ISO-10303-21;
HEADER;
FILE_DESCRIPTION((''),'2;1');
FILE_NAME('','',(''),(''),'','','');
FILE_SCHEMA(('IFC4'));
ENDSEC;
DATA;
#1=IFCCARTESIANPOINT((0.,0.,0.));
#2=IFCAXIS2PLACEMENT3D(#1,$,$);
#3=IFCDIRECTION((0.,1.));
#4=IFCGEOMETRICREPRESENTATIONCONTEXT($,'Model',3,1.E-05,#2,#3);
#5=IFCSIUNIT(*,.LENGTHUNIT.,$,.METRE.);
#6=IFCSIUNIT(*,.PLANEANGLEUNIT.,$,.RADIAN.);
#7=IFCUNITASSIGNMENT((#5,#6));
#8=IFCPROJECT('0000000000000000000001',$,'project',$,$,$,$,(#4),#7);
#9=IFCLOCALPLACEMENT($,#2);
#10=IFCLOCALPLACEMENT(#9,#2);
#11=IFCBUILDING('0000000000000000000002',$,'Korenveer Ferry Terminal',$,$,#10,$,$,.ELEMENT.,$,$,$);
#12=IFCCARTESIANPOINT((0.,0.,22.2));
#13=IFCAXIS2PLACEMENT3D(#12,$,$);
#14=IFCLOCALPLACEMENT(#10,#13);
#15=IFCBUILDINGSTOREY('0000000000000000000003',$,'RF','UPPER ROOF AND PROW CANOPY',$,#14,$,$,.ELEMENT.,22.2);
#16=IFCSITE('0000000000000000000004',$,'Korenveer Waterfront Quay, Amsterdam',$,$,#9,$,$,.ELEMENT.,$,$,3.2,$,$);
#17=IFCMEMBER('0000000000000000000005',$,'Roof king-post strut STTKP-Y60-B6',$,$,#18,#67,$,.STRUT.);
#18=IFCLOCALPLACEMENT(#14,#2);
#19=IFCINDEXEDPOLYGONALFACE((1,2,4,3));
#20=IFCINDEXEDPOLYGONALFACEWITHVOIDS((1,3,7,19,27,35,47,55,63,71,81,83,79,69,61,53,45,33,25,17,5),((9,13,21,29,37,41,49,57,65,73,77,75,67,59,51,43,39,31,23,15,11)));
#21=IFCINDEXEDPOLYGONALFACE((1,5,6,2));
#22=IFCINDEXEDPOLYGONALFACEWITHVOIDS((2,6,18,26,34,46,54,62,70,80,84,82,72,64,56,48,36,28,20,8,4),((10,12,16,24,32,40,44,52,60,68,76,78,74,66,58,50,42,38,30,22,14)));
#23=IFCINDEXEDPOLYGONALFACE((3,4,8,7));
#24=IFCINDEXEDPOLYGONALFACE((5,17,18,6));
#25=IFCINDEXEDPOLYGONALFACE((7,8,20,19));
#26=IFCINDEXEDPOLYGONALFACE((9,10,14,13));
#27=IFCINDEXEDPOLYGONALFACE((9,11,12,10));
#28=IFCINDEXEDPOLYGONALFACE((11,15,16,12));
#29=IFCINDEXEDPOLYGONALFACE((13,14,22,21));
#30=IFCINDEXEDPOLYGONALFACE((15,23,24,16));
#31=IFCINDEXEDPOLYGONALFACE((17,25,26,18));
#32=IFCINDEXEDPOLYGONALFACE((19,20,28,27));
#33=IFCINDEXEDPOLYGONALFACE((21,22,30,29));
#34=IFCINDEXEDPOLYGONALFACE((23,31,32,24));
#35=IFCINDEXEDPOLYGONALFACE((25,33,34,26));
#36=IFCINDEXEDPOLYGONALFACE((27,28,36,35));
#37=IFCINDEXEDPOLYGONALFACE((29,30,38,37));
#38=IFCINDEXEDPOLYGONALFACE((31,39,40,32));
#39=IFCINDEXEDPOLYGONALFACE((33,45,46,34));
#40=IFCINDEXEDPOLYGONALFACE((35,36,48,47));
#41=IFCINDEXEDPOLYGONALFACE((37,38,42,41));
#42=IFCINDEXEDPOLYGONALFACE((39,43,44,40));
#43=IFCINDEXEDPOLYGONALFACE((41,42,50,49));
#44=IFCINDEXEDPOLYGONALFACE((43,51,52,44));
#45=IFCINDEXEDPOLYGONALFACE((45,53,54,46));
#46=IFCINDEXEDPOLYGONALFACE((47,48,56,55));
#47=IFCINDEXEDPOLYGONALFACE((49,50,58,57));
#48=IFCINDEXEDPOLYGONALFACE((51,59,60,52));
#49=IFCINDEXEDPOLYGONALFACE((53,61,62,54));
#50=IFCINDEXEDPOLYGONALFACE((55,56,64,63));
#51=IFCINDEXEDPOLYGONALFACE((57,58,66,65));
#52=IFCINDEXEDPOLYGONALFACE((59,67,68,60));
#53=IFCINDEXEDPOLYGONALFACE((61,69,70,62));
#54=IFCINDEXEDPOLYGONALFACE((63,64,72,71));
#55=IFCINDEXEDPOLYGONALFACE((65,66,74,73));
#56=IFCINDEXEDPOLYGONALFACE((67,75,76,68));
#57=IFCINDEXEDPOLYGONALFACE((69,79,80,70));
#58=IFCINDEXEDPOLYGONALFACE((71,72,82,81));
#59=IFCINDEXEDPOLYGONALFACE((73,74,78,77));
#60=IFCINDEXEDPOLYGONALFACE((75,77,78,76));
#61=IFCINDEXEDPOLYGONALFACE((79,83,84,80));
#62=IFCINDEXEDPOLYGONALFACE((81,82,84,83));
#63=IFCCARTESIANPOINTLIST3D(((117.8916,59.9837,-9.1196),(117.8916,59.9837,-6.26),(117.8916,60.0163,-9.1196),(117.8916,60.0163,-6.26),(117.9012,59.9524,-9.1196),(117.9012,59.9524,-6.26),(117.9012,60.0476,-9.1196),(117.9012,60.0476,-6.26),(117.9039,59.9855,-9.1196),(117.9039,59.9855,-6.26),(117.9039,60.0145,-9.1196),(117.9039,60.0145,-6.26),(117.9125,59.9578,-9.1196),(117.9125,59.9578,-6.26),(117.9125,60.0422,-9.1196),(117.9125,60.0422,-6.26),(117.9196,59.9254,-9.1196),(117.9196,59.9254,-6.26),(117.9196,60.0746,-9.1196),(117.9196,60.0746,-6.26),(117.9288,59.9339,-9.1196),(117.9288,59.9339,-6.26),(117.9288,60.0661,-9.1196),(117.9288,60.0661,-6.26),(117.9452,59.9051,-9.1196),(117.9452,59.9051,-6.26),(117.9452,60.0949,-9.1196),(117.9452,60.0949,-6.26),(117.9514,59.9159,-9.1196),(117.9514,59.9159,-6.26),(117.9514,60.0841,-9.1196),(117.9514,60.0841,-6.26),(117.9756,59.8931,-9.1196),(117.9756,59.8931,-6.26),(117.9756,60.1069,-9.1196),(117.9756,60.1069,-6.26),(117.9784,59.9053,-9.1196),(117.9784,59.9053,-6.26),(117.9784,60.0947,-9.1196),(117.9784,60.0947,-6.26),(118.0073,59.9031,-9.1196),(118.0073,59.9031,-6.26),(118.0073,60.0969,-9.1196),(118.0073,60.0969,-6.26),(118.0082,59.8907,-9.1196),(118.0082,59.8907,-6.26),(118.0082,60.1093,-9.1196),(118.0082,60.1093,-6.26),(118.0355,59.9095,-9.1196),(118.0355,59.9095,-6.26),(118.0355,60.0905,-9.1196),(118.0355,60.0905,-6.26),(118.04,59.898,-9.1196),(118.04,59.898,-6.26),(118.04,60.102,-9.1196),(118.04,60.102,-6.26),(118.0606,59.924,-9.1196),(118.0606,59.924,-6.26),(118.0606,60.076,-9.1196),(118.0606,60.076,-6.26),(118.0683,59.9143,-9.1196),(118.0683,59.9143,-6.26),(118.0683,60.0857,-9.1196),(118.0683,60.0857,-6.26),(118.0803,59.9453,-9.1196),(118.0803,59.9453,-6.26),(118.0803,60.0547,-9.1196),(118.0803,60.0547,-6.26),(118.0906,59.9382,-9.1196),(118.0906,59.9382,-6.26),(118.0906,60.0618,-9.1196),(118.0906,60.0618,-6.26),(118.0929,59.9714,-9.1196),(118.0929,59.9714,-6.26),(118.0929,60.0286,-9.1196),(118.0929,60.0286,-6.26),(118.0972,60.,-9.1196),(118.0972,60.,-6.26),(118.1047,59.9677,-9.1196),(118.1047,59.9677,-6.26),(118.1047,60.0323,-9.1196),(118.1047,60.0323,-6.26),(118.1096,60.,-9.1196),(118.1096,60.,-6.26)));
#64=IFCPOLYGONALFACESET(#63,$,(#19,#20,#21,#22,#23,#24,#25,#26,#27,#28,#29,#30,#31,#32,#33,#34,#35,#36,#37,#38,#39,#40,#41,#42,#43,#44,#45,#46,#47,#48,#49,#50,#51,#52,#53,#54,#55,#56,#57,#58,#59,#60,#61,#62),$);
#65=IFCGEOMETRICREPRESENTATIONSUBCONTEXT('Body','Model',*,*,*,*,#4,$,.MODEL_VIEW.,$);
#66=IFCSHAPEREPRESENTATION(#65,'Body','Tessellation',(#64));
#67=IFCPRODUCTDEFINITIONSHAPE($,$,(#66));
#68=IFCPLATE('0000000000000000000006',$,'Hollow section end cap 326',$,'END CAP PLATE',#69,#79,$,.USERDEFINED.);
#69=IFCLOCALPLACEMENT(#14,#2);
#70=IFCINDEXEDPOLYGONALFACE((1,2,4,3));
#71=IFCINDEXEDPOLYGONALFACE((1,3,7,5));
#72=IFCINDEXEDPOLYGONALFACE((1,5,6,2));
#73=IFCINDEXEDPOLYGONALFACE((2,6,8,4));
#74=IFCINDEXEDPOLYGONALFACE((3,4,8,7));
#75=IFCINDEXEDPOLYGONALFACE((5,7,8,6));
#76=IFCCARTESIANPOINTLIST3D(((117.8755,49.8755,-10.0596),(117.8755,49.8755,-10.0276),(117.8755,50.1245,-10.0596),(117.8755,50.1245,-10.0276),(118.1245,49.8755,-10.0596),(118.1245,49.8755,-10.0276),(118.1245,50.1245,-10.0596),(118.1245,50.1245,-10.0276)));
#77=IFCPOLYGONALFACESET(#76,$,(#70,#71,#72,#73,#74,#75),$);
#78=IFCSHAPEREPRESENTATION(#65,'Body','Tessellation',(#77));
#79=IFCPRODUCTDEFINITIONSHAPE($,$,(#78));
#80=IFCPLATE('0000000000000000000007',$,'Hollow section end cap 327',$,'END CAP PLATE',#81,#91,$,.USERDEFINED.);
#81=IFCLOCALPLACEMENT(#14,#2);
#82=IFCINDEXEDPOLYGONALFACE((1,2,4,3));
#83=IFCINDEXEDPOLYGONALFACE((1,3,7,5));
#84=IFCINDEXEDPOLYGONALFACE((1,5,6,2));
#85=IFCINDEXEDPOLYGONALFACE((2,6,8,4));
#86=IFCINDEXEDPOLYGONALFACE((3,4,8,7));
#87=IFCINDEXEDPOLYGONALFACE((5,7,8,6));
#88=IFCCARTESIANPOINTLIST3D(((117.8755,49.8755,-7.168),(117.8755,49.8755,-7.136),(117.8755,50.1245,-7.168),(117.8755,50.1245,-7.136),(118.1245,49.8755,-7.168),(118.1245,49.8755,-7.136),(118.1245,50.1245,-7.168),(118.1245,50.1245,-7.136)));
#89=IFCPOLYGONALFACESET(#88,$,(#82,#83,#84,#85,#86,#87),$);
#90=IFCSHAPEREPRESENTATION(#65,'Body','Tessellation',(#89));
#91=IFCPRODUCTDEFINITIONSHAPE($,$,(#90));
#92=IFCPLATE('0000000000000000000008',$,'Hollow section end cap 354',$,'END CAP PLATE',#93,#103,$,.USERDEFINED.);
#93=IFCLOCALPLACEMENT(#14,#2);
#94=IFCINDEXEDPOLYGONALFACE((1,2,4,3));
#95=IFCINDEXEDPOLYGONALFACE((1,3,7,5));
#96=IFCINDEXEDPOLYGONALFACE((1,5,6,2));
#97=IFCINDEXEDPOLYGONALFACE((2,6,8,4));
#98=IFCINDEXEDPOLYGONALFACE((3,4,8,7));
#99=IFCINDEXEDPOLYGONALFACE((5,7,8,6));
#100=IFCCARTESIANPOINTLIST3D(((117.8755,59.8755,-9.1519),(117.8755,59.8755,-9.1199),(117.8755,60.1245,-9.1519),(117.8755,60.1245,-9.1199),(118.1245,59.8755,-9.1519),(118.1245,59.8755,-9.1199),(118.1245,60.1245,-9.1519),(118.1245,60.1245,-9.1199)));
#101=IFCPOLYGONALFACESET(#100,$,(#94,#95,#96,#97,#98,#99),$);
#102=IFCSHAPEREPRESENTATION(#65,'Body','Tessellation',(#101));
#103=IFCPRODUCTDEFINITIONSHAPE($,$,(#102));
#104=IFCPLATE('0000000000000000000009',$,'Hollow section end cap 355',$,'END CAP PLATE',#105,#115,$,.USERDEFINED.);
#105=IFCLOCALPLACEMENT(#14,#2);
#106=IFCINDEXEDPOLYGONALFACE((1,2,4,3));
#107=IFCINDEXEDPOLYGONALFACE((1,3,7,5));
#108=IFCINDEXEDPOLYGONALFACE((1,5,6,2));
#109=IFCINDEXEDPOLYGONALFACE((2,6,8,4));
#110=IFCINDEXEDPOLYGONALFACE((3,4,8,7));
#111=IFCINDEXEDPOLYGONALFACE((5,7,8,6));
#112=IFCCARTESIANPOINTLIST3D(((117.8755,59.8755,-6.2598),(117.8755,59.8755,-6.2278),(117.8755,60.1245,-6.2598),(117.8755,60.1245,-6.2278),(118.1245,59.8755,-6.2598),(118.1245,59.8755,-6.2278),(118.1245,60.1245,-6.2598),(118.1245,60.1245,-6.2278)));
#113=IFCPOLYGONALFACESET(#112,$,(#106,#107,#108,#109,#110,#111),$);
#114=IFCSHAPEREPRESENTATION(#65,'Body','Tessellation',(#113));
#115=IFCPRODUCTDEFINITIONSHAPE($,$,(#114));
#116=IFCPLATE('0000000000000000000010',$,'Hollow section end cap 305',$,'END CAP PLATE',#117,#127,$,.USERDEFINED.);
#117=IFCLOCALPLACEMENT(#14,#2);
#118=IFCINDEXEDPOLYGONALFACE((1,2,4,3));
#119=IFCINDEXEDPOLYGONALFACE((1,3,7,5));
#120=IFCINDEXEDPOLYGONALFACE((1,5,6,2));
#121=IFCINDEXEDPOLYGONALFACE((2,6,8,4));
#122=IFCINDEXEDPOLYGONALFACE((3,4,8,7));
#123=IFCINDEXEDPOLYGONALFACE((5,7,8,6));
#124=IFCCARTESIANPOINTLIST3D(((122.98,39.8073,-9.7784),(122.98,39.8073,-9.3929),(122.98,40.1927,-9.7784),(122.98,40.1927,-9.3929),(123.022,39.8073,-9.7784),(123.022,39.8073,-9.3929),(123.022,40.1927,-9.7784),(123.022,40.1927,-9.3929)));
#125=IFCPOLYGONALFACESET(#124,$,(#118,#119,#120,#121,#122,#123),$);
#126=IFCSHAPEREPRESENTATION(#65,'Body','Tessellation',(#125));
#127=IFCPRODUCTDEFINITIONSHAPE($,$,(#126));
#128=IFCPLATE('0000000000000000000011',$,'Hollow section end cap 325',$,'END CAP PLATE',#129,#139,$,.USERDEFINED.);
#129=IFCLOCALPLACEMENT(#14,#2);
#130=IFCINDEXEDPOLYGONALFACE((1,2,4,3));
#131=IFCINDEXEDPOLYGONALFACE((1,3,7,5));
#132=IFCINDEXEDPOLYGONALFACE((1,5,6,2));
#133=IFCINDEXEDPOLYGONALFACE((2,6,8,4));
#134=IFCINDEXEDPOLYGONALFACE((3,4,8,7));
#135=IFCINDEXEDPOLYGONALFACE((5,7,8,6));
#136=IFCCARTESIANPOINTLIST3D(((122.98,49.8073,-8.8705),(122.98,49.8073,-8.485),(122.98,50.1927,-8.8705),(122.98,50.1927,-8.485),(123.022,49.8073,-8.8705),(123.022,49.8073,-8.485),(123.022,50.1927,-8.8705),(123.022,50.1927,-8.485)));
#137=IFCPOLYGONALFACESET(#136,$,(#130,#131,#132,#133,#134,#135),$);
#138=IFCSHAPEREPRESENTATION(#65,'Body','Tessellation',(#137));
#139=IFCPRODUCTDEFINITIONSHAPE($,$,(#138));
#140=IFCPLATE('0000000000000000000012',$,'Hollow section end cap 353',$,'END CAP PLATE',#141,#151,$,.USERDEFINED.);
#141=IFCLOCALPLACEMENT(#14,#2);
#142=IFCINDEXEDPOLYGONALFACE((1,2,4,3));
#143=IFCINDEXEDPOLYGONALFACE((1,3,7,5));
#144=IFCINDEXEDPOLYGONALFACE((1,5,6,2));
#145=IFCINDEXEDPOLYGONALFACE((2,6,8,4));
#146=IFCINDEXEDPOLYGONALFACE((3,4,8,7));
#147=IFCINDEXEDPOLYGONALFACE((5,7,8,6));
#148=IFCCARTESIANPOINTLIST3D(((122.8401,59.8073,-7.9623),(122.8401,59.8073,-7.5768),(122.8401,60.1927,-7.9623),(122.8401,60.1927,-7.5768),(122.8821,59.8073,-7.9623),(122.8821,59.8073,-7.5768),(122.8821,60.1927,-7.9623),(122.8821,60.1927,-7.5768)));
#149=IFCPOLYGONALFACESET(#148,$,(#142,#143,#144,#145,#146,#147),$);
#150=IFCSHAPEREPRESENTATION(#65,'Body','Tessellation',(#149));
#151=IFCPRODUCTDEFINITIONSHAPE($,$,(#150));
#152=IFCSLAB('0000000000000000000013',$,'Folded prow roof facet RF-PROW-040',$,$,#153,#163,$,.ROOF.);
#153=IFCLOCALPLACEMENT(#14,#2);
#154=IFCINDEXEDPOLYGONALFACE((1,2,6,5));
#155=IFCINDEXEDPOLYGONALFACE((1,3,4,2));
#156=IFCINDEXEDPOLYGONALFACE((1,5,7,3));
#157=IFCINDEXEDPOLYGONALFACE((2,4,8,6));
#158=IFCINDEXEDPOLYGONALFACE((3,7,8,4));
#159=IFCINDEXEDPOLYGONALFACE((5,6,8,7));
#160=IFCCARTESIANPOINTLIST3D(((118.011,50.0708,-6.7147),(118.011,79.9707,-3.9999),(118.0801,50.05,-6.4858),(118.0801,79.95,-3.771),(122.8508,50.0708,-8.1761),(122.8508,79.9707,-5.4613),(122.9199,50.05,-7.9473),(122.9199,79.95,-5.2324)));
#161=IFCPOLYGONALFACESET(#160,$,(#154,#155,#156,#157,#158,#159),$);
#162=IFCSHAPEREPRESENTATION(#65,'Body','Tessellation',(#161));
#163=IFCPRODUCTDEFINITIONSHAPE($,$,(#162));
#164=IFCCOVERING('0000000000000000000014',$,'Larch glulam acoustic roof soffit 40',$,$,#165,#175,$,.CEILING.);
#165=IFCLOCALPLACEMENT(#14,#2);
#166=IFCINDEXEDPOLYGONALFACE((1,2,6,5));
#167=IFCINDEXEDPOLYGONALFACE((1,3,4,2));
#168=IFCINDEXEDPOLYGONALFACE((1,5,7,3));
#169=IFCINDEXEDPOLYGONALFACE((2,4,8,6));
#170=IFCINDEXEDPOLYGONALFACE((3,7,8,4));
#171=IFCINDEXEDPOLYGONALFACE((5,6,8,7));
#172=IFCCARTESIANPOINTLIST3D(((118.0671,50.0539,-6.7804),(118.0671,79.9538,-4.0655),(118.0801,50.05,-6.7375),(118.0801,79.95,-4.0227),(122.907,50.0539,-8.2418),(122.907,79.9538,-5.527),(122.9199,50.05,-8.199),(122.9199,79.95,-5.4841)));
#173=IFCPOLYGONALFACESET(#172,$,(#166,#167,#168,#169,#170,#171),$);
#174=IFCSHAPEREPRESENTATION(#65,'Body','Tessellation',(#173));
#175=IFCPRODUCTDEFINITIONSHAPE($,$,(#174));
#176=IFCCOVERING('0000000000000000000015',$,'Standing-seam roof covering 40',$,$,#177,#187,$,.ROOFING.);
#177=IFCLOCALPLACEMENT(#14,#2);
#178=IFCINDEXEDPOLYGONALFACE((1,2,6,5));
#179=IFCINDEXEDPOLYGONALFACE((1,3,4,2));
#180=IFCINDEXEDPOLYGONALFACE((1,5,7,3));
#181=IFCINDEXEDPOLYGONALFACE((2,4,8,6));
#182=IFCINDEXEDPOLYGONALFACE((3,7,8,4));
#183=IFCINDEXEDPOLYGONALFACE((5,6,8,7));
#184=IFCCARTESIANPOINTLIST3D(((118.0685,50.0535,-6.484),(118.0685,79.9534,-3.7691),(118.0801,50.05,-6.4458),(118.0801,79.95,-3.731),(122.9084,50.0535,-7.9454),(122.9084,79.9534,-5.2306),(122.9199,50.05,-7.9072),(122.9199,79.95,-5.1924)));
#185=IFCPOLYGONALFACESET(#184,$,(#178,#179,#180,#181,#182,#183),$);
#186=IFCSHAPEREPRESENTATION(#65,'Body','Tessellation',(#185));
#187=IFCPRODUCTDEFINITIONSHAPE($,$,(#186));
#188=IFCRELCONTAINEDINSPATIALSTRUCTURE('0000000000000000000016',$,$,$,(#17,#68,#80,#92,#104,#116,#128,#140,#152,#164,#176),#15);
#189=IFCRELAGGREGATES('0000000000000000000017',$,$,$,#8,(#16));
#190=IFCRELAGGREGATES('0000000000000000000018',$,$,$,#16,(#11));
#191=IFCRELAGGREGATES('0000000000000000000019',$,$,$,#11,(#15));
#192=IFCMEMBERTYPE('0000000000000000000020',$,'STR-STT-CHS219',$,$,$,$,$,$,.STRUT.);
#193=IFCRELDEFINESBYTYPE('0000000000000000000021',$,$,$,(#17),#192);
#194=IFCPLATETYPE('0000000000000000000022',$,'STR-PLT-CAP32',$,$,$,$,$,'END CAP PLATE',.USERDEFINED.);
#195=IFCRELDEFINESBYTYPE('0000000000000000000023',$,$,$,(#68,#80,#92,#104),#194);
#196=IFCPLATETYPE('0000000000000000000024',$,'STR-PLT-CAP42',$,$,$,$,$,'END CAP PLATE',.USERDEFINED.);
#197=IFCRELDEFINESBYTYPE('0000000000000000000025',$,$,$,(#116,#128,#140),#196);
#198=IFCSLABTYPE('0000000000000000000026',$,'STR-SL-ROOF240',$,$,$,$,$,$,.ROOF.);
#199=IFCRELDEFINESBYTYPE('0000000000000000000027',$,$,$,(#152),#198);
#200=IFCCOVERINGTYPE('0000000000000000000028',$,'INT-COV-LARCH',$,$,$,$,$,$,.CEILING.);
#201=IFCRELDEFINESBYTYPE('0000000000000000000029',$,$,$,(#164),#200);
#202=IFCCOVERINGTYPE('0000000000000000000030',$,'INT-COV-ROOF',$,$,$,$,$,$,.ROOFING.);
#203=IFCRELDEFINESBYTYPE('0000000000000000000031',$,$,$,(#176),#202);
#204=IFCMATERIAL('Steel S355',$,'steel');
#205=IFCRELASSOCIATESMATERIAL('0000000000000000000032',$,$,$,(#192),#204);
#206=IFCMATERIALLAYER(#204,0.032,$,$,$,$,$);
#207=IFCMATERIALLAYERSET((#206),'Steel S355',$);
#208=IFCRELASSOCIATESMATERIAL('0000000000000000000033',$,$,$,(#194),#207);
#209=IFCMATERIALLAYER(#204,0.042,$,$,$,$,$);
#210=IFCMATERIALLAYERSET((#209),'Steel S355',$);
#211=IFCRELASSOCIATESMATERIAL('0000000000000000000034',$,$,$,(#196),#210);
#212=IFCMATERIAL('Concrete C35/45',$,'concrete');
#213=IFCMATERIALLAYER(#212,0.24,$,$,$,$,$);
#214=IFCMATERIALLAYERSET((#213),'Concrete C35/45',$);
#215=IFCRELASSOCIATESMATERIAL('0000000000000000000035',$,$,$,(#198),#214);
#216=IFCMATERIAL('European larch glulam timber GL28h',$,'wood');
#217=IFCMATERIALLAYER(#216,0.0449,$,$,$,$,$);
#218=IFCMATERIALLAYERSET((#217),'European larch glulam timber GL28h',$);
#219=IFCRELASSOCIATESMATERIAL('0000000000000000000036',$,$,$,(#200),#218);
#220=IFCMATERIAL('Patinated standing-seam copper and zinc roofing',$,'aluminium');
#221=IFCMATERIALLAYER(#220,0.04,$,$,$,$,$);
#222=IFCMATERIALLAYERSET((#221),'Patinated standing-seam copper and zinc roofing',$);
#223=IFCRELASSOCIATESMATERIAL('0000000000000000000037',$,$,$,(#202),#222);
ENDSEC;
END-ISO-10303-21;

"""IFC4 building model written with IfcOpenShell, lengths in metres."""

from ifc_helpers import new_model, si_unit, direction, frame, origin, origin_2d, place, context, subcontext, project, spatial, polyline, rectangle, hollow_circle, outline, extrude, material, layer, layer_set, material_profile, profile_set, type_object, element, save


model = new_model("IFC4")

# Units and contexts
model_context = context("Model", 3, precision=1e-05, world=origin(), true_north=direction((0.0, 1.0)))
body_context = subcontext(model_context, "Body", "Model", "MODEL_VIEW")
ifc_project = project(units=[si_unit("LENGTHUNIT", "METRE"), si_unit("PLANEANGLEUNIT", "RADIAN")], contexts=[model_context])

# Site, building, storey
site_placement = place(None, origin())
site = spatial("IfcSite", under=ifc_project, at=site_placement, Name="Korenveer Waterfront Quay, Amsterdam", CompositionType="ELEMENT", RefElevation=3.2)
building_placement = place(site_placement, origin())
building = spatial("IfcBuilding", under=site, at=building_placement, Name="Korenveer Ferry Terminal", CompositionType="ELEMENT")
storey_placement = place(building_placement, frame((0.0, 0.0, 22.2)))
storey = spatial("IfcBuildingStorey", under=building, at=storey_placement, Name="RF", Description="UPPER ROOF AND PROW CANOPY", CompositionType="ELEMENT", Elevation=22.2)

# Shared definitions
ifc_material_1 = material(Name="Steel S355", Category="steel")

# Member
ifc_material_profile_1 = material_profile(ifc_material_1, hollow_circle(Radius=0.1096, WallThickness=0.0125, at=origin_2d()), Name="CHS 219.1x12.5")
ifc_profile_set_1 = profile_set([ifc_material_profile_1], Name="Steel S355")
member_type_1 = type_object("IfcMemberType", Name="STR-STT-CHS219", PredefinedType="STRUT", material=ifc_profile_set_1)
for number, where, z_axis, x_axis, name in (
    (1, (118.0, 60.0, -9.1196), (0.0, 0.0, 1.0), (1.0, 0.0, 0.0), "Roof king-post strut STTKP-Y60-B6"),
):
    element("IfcMember", number, at=place(storey_placement, frame(where, z_axis=z_axis, x_axis=x_axis)), inside=storey, type_object=member_type_1, Name=name, PredefinedType="STRUT", context=body_context, shape_type="SweptSolid", body=[
        extrude(hollow_circle(Radius=0.1096, WallThickness=0.0125, at=origin_2d()), origin(), (0.0, 0.0, 1.0), 2.8596),
    ])

# Plates
ifc_layer_1 = layer(ifc_material_1, 0.032)
ifc_layer_set_1 = layer_set([ifc_layer_1], Name="Steel S355")
plate_type_1 = type_object("IfcPlateType", Name="STR-PLT-CAP32", ElementType="END CAP PLATE", PredefinedType="USERDEFINED", material=ifc_layer_set_1)
for number, where, z_axis, x_axis, name in (
    (2, (118.0, 50.0, -10.0596), (0.0, 0.0, 1.0), (1.0, 0.0, 0.0), "Hollow section end cap 326"),
    (3, (118.0, 50.0, -7.168), (0.0, 0.0, 1.0), (1.0, 0.0, 0.0), "Hollow section end cap 327"),
    (4, (118.0, 60.0, -9.1519), (0.0, 0.0, 1.0), (1.0, 0.0, 0.0), "Hollow section end cap 354"),
    (5, (118.0, 60.0, -6.2598), (0.0, 0.0, 1.0), (1.0, 0.0, 0.0), "Hollow section end cap 355"),
):
    element("IfcPlate", number, at=place(storey_placement, frame(where, z_axis=z_axis, x_axis=x_axis)), inside=storey, type_object=plate_type_1, Name=name, ObjectType="END CAP PLATE", PredefinedType="USERDEFINED", context=body_context, shape_type="SweptSolid", body=[
        extrude(rectangle(XDim=0.249, YDim=0.249, at=origin_2d()), origin(), (0.0, 0.0, 1.0), 0.032),
    ])
ifc_layer_2 = layer(ifc_material_1, 0.042)
ifc_layer_set_2 = layer_set([ifc_layer_2], Name="Steel S355")
plate_type_2 = type_object("IfcPlateType", Name="STR-PLT-CAP42", ElementType="END CAP PLATE", PredefinedType="USERDEFINED", material=ifc_layer_set_2)
for number, where, z_axis, x_axis, name in (
    (6, (122.98, 40.0, -9.5857), (1.0, 0.0, 0.0), (0.0, 1.0, 0.0), "Hollow section end cap 305"),
    (7, (122.98, 50.0, -8.6777), (1.0, 0.0, 0.0), (0.0, 1.0, 0.0), "Hollow section end cap 325"),
    (8, (122.8401, 60.0, -7.7695), (1.0, 0.0, 0.0), (0.0, 1.0, 0.0), "Hollow section end cap 353"),
):
    element("IfcPlate", number, at=place(storey_placement, frame(where, z_axis=z_axis, x_axis=x_axis)), inside=storey, type_object=plate_type_2, Name=name, ObjectType="END CAP PLATE", PredefinedType="USERDEFINED", context=body_context, shape_type="SweptSolid", body=[
        extrude(rectangle(XDim=0.3855, YDim=0.3855, at=origin_2d()), origin(), (0.0, 0.0, 1.0), 0.042),
    ])

# Slab
ifc_material_2 = material(Name="Concrete C35/45", Category="concrete")
ifc_layer_3 = layer(ifc_material_2, 0.24)
ifc_layer_set_3 = layer_set([ifc_layer_3], Name="Concrete C35/45")
slab_type = type_object("IfcSlabType", Name="STR-SL-ROOF240", PredefinedType="ROOF", material=ifc_layer_set_3)
slab_placement = place(storey_placement, frame((118.0801, 50.05, -6.4858), z_axis=(0.287981, -0.086595, 0.953713), x_axis=(0.957309, 0.0, -0.289066)))
element("IfcSlab", 9, at=slab_placement, inside=storey, type_object=slab_type, Name="Folded prow roof facet RF-PROW-040", PredefinedType="ROOF", context=body_context, shape_type="SweptSolid", body=[
    extrude(outline(polyline([(0.0, 0.0), (5.0557, 0.0), (4.2709, 30.0126), (-0.7848, 30.0126), (0.0, 0.0)])), origin(), (0.0, 0.0, -1.0), 0.24),
])

# Coverings
ifc_material_3 = material(Name="European larch glulam timber GL28h", Category="wood")
ifc_layer_4 = layer(ifc_material_3, 0.0449)
ifc_layer_set_4 = layer_set([ifc_layer_4], Name="European larch glulam timber GL28h")
covering_type_1 = type_object("IfcCoveringType", Name="INT-COV-LARCH", PredefinedType="CEILING", material=ifc_layer_set_4)
covering_1_placement = place(storey_placement, frame((118.0801, 50.05, -6.7375), z_axis=(0.287981, -0.086595, 0.953713), x_axis=(0.957309, 0.0, -0.289066)))
element("IfcCovering", 10, at=covering_1_placement, inside=storey, type_object=covering_type_1, Name="Larch glulam acoustic roof soffit 40", PredefinedType="CEILING", context=body_context, shape_type="SweptSolid", body=[
    extrude(outline(polyline([(0.0, 0.0), (5.0557, 0.0), (4.2709, 30.0126), (-0.7848, 30.0126), (0.0, 0.0)])), origin(), (0.0, 0.0, -1.0), 0.0449),
])
ifc_material_4 = material(Name="Patinated standing-seam copper and zinc roofing", Category="aluminium")
ifc_layer_5 = layer(ifc_material_4, 0.04)
ifc_layer_set_5 = layer_set([ifc_layer_5], Name="Patinated standing-seam copper and zinc roofing")
covering_type_2 = type_object("IfcCoveringType", Name="INT-COV-ROOF", PredefinedType="ROOFING", material=ifc_layer_set_5)
covering_2_placement = place(storey_placement, frame((118.0801, 50.05, -6.4458), z_axis=(0.287981, -0.086595, 0.953713), x_axis=(0.957309, 0.0, -0.289066)))
element("IfcCovering", 11, at=covering_2_placement, inside=storey, type_object=covering_type_2, Name="Standing-seam roof covering 40", PredefinedType="ROOFING", context=body_context, shape_type="SweptSolid", body=[
    extrude(outline(polyline([(0.0, 0.0), (5.0557, 0.0), (4.2709, 30.0126), (-0.7848, 30.0126), (0.0, 0.0)])), origin(), (0.0, 0.0, -1.0), 0.04),
])

save(model, "model.ifc")
